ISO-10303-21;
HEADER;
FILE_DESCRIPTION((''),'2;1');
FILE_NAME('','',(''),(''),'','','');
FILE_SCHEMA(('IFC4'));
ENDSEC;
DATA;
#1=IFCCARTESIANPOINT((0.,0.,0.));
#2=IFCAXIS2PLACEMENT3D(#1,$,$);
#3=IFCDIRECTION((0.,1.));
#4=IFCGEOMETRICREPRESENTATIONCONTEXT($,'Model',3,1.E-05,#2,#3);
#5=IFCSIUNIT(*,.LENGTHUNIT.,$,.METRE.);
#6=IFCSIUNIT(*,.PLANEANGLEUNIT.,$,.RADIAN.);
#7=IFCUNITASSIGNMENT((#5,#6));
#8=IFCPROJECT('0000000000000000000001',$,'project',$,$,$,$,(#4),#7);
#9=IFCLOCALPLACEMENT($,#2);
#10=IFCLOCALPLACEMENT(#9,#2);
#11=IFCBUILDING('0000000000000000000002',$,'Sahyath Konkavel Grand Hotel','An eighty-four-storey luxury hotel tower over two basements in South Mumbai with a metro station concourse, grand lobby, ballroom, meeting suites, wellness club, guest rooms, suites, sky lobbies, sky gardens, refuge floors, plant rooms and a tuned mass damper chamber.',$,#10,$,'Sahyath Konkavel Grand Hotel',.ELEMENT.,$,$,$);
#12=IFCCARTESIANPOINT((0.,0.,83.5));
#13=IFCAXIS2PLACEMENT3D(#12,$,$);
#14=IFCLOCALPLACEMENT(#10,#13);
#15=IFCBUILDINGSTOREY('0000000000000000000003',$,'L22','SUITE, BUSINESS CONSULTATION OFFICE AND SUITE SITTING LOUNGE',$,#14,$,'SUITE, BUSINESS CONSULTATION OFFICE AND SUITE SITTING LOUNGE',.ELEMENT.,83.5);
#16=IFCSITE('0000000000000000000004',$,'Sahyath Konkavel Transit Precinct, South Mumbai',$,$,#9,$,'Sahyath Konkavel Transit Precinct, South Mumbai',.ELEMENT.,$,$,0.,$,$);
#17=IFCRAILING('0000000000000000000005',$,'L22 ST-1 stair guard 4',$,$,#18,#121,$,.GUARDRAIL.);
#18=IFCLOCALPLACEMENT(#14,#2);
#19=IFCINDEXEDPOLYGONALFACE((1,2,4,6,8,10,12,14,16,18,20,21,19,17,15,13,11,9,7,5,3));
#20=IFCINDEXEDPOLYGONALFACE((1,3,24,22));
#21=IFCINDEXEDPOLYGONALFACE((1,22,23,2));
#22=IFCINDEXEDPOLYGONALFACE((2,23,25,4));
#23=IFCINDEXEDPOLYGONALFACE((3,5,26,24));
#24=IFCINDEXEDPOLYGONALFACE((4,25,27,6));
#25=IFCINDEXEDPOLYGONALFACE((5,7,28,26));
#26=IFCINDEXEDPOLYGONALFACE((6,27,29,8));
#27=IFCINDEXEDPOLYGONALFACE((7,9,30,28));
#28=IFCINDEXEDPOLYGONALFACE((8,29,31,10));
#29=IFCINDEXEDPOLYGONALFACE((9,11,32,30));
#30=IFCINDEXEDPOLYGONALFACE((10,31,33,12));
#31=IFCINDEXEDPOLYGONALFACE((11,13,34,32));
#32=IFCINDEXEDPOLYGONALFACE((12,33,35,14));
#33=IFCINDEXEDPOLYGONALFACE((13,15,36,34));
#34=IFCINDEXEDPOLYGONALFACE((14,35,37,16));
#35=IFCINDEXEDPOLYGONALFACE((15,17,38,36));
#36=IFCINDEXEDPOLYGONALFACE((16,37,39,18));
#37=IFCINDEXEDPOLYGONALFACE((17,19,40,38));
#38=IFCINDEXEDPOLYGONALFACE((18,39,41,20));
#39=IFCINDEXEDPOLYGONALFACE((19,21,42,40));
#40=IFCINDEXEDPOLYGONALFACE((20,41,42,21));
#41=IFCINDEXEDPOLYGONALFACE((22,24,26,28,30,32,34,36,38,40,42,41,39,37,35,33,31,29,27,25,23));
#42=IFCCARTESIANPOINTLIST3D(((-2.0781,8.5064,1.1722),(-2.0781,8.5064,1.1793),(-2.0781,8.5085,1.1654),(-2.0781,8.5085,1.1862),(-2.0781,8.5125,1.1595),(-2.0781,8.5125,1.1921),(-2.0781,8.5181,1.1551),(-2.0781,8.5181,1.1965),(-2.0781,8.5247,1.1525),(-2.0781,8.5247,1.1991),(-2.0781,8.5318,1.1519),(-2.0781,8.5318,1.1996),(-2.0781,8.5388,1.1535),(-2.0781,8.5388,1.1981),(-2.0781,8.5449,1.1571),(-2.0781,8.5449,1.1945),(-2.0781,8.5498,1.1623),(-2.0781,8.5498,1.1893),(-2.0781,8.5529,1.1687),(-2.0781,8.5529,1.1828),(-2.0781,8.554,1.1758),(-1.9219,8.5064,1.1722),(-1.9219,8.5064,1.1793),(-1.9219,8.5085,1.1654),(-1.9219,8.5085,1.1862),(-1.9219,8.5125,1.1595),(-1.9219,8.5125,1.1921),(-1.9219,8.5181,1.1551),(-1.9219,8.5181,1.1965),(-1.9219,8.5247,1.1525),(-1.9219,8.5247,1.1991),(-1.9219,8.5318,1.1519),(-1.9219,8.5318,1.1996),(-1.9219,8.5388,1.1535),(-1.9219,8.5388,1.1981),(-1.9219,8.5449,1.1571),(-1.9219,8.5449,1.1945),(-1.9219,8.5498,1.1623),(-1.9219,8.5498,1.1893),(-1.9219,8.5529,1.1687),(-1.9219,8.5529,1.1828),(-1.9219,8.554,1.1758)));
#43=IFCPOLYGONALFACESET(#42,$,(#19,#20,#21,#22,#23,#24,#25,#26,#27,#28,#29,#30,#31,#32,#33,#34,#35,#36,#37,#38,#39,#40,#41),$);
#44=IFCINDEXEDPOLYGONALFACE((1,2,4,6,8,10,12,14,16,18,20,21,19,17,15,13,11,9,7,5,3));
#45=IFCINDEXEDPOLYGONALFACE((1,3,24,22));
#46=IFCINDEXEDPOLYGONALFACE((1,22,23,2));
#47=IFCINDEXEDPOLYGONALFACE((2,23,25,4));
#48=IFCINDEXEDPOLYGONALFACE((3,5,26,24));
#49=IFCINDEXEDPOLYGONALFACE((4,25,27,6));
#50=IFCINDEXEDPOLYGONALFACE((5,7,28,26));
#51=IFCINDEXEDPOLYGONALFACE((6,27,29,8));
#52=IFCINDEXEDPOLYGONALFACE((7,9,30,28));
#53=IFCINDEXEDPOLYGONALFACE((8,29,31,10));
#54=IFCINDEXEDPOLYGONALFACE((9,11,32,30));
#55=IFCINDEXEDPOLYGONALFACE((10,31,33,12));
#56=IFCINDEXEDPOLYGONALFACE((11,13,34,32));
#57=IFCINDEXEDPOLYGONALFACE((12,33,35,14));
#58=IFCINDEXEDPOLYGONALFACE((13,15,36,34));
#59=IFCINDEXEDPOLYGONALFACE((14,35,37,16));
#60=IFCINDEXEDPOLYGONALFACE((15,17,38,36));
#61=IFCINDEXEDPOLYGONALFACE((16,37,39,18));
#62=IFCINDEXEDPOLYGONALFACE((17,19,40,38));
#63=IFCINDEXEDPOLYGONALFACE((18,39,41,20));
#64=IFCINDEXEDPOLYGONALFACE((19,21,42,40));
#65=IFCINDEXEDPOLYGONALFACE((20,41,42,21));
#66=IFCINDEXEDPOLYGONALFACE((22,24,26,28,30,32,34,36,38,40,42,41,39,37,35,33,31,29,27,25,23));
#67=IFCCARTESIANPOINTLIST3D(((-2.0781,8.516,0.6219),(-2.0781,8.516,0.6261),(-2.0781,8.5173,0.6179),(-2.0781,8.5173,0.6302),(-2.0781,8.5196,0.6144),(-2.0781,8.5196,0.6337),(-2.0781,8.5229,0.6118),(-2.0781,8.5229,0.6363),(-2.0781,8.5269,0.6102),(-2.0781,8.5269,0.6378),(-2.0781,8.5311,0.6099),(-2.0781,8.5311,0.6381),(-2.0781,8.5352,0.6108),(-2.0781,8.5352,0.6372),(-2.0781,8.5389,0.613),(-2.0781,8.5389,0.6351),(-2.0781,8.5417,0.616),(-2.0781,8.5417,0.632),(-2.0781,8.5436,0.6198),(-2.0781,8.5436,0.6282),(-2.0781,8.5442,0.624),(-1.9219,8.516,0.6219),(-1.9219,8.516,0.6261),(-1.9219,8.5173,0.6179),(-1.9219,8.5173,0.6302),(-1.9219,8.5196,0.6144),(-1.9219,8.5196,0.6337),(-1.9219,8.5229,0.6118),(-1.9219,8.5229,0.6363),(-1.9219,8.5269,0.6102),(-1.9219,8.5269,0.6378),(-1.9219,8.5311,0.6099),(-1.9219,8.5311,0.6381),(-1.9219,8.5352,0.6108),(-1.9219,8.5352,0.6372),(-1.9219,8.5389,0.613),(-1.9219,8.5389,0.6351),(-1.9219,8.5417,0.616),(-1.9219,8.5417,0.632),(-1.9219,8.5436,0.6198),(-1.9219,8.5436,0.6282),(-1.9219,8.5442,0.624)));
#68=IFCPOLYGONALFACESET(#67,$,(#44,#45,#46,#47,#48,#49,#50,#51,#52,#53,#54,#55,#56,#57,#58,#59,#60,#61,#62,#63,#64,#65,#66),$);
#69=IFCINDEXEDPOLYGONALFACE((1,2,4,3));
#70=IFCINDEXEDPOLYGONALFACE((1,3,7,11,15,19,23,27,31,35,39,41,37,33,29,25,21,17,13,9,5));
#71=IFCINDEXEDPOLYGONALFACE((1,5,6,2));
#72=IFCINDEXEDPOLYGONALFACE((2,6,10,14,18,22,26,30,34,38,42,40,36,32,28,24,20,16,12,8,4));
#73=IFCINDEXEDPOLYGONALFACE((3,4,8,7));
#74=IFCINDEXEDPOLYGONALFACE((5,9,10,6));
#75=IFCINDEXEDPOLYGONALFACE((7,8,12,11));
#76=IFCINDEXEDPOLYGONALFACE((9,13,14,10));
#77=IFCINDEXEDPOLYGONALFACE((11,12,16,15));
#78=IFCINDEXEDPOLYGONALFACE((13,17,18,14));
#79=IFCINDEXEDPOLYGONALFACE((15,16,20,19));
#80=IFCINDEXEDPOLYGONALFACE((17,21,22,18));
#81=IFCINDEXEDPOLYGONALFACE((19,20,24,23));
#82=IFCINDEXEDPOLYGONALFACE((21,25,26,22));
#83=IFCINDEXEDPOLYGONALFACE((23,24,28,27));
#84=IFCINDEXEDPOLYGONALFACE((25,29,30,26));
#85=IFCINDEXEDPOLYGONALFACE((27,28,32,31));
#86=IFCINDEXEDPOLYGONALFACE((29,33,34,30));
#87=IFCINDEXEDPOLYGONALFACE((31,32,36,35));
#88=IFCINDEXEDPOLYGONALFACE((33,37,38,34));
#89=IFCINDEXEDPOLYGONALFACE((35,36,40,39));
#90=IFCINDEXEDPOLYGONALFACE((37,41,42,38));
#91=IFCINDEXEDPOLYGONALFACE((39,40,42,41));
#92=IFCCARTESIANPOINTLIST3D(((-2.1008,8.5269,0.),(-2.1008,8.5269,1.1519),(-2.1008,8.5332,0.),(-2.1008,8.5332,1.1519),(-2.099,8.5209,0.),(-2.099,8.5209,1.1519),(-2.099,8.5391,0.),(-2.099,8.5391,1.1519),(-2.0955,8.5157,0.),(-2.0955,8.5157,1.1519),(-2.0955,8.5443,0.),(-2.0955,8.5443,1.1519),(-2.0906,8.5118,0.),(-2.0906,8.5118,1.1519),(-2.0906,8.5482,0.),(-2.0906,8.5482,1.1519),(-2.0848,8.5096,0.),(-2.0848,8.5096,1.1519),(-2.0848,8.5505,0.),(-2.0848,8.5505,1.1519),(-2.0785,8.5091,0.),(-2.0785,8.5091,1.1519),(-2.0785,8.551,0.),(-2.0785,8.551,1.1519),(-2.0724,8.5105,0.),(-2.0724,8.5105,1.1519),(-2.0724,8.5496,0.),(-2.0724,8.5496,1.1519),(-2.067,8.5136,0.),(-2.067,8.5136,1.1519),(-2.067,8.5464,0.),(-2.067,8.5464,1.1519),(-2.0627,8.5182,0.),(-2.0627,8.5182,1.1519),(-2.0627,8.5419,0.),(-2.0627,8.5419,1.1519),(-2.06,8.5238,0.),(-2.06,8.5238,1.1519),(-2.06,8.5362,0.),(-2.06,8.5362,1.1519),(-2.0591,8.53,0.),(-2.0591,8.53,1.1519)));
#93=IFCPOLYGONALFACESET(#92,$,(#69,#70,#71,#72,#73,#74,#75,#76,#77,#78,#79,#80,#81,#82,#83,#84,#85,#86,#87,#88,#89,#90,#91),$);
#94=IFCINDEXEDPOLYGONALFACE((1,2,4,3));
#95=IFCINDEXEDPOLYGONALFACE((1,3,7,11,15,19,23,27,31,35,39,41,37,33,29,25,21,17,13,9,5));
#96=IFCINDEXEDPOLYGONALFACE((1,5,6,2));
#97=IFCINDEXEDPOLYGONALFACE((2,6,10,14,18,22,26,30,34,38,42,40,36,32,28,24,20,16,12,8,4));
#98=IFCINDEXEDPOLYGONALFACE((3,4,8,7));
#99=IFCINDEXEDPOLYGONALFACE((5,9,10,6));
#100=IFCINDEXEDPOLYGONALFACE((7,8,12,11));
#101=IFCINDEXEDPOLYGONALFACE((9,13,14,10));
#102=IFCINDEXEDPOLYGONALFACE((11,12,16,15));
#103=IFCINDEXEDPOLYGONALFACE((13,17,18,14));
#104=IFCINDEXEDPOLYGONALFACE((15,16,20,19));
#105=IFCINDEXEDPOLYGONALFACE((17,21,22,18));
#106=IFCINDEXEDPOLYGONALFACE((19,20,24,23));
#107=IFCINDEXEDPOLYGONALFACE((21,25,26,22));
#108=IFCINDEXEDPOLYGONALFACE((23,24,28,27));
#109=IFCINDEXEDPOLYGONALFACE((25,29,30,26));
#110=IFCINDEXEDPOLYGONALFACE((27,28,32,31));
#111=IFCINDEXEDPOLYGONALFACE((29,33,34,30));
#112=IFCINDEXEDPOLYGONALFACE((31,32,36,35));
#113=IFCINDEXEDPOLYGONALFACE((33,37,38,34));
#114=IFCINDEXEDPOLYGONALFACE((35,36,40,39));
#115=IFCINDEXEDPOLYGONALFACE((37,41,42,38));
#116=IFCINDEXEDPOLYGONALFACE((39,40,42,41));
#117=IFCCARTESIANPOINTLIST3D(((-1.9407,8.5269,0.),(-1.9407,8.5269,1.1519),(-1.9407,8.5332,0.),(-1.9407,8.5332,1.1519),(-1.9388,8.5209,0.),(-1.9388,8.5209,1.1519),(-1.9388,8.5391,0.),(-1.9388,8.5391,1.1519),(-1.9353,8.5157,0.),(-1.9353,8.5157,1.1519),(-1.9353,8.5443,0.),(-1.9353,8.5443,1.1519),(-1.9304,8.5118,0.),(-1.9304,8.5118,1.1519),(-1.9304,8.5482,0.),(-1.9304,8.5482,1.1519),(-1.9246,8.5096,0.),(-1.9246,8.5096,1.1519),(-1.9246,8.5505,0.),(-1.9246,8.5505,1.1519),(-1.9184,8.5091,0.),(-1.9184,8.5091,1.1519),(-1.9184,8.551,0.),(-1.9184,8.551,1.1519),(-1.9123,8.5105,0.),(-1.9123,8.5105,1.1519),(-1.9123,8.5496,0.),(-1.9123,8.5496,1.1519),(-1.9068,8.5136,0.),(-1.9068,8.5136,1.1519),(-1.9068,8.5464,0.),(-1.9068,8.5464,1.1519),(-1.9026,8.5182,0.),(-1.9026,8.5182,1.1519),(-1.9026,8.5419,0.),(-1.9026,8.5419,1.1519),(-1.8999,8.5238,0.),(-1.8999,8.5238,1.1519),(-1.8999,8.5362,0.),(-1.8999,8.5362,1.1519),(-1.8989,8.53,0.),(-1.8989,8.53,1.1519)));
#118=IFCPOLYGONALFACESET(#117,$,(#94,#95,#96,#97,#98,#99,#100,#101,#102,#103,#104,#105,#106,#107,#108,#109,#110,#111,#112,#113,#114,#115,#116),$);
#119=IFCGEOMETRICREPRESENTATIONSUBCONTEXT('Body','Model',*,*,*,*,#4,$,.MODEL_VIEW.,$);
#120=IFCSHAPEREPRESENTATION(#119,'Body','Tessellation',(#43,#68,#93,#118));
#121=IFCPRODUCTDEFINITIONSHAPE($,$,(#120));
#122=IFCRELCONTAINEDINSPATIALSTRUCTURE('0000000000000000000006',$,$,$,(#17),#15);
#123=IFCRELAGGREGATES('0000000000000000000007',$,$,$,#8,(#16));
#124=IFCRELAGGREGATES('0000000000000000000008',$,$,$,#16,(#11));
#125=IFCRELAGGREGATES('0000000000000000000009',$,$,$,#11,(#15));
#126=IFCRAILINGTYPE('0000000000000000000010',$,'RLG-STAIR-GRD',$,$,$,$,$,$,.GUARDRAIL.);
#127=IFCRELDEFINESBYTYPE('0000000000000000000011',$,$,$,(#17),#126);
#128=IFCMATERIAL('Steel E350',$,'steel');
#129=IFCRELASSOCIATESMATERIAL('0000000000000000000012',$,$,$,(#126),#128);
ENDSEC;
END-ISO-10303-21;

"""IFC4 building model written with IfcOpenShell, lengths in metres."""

from ifc_helpers import new_model, si_unit, direction, frame, origin, origin_2d, place, context, subcontext, project, spatial, circle, extrude, material, type_object, element, save


model = new_model("IFC4")

# Units and contexts
model_context = context("Model", 3, precision=1e-05, world=origin(), true_north=direction((0.0, 1.0)))
body_context = subcontext(model_context, "Body", "Model", "MODEL_VIEW")
ifc_project = project(units=[si_unit("LENGTHUNIT", "METRE"), si_unit("PLANEANGLEUNIT", "RADIAN")], contexts=[model_context])

# Site, building, storey
site_placement = place(None, origin())
site = spatial("IfcSite", under=ifc_project, at=site_placement, Name="Sahyath Konkavel Transit Precinct, South Mumbai", LongName="Sahyath Konkavel Transit Precinct, South Mumbai", CompositionType="ELEMENT", RefElevation=0.0)
building_placement = place(site_placement, origin())
building = spatial("IfcBuilding", under=site, at=building_placement, Name="Sahyath Konkavel Grand Hotel", Description="An eighty-four-storey luxury hotel tower over two basements in South Mumbai with a metro station concourse, grand lobby, ballroom, meeting suites, wellness club, guest rooms, suites, sky lobbies, sky gardens, refuge floors, plant rooms and a tuned mass damper chamber.", LongName="Sahyath Konkavel Grand Hotel", CompositionType="ELEMENT")
storey_placement = place(building_placement, frame((0.0, 0.0, 83.5)))
storey = spatial("IfcBuildingStorey", under=building, at=storey_placement, Name="L22", Description="SUITE, BUSINESS CONSULTATION OFFICE AND SUITE SITTING LOUNGE", LongName="SUITE, BUSINESS CONSULTATION OFFICE AND SUITE SITTING LOUNGE", CompositionType="ELEMENT", Elevation=83.5)

# Shared definitions
ifc_material_1 = material(Name="Steel E350", Category="steel")

# Railing
railing_type_1 = type_object("IfcRailingType", Name="RLG-STAIR-GRD", PredefinedType="GUARDRAIL", material=ifc_material_1)
railing_1_placement = place(storey_placement, frame((-2.0801, 8.53, 0.0)))
element("IfcRailing", 1, at=railing_1_placement, inside=storey, type_object=railing_type_1, Name="L22 ST-1 stair guard 4", PredefinedType="GUARDRAIL", context=body_context, shape_type="SweptSolid", body=[
    extrude(circle(Radius=0.0239, at=origin_2d()), frame((0.002, 0.0, 1.1758), z_axis=(1.0, 0.0, 0.0), x_axis=(0.0, 1.0, 0.0)), (0.0, 0.0, 1.0), 0.1562),
    extrude(circle(Radius=0.0142, at=origin_2d()), frame((0.002, 0.0, 0.624), z_axis=(1.0, 0.0, 0.0), x_axis=(0.0, 1.0, 0.0)), (0.0, 0.0, 1.0), 0.1562),
    extrude(circle(Radius=0.021, at=origin_2d()), origin(), (0.0, 0.0, 1.0), 1.1519),
    extrude(circle(Radius=0.021, at=origin_2d()), frame((0.1602, 0.0, 0.0)), (0.0, 0.0, 1.0), 1.1519),
])

save(model, "model.ifc")
